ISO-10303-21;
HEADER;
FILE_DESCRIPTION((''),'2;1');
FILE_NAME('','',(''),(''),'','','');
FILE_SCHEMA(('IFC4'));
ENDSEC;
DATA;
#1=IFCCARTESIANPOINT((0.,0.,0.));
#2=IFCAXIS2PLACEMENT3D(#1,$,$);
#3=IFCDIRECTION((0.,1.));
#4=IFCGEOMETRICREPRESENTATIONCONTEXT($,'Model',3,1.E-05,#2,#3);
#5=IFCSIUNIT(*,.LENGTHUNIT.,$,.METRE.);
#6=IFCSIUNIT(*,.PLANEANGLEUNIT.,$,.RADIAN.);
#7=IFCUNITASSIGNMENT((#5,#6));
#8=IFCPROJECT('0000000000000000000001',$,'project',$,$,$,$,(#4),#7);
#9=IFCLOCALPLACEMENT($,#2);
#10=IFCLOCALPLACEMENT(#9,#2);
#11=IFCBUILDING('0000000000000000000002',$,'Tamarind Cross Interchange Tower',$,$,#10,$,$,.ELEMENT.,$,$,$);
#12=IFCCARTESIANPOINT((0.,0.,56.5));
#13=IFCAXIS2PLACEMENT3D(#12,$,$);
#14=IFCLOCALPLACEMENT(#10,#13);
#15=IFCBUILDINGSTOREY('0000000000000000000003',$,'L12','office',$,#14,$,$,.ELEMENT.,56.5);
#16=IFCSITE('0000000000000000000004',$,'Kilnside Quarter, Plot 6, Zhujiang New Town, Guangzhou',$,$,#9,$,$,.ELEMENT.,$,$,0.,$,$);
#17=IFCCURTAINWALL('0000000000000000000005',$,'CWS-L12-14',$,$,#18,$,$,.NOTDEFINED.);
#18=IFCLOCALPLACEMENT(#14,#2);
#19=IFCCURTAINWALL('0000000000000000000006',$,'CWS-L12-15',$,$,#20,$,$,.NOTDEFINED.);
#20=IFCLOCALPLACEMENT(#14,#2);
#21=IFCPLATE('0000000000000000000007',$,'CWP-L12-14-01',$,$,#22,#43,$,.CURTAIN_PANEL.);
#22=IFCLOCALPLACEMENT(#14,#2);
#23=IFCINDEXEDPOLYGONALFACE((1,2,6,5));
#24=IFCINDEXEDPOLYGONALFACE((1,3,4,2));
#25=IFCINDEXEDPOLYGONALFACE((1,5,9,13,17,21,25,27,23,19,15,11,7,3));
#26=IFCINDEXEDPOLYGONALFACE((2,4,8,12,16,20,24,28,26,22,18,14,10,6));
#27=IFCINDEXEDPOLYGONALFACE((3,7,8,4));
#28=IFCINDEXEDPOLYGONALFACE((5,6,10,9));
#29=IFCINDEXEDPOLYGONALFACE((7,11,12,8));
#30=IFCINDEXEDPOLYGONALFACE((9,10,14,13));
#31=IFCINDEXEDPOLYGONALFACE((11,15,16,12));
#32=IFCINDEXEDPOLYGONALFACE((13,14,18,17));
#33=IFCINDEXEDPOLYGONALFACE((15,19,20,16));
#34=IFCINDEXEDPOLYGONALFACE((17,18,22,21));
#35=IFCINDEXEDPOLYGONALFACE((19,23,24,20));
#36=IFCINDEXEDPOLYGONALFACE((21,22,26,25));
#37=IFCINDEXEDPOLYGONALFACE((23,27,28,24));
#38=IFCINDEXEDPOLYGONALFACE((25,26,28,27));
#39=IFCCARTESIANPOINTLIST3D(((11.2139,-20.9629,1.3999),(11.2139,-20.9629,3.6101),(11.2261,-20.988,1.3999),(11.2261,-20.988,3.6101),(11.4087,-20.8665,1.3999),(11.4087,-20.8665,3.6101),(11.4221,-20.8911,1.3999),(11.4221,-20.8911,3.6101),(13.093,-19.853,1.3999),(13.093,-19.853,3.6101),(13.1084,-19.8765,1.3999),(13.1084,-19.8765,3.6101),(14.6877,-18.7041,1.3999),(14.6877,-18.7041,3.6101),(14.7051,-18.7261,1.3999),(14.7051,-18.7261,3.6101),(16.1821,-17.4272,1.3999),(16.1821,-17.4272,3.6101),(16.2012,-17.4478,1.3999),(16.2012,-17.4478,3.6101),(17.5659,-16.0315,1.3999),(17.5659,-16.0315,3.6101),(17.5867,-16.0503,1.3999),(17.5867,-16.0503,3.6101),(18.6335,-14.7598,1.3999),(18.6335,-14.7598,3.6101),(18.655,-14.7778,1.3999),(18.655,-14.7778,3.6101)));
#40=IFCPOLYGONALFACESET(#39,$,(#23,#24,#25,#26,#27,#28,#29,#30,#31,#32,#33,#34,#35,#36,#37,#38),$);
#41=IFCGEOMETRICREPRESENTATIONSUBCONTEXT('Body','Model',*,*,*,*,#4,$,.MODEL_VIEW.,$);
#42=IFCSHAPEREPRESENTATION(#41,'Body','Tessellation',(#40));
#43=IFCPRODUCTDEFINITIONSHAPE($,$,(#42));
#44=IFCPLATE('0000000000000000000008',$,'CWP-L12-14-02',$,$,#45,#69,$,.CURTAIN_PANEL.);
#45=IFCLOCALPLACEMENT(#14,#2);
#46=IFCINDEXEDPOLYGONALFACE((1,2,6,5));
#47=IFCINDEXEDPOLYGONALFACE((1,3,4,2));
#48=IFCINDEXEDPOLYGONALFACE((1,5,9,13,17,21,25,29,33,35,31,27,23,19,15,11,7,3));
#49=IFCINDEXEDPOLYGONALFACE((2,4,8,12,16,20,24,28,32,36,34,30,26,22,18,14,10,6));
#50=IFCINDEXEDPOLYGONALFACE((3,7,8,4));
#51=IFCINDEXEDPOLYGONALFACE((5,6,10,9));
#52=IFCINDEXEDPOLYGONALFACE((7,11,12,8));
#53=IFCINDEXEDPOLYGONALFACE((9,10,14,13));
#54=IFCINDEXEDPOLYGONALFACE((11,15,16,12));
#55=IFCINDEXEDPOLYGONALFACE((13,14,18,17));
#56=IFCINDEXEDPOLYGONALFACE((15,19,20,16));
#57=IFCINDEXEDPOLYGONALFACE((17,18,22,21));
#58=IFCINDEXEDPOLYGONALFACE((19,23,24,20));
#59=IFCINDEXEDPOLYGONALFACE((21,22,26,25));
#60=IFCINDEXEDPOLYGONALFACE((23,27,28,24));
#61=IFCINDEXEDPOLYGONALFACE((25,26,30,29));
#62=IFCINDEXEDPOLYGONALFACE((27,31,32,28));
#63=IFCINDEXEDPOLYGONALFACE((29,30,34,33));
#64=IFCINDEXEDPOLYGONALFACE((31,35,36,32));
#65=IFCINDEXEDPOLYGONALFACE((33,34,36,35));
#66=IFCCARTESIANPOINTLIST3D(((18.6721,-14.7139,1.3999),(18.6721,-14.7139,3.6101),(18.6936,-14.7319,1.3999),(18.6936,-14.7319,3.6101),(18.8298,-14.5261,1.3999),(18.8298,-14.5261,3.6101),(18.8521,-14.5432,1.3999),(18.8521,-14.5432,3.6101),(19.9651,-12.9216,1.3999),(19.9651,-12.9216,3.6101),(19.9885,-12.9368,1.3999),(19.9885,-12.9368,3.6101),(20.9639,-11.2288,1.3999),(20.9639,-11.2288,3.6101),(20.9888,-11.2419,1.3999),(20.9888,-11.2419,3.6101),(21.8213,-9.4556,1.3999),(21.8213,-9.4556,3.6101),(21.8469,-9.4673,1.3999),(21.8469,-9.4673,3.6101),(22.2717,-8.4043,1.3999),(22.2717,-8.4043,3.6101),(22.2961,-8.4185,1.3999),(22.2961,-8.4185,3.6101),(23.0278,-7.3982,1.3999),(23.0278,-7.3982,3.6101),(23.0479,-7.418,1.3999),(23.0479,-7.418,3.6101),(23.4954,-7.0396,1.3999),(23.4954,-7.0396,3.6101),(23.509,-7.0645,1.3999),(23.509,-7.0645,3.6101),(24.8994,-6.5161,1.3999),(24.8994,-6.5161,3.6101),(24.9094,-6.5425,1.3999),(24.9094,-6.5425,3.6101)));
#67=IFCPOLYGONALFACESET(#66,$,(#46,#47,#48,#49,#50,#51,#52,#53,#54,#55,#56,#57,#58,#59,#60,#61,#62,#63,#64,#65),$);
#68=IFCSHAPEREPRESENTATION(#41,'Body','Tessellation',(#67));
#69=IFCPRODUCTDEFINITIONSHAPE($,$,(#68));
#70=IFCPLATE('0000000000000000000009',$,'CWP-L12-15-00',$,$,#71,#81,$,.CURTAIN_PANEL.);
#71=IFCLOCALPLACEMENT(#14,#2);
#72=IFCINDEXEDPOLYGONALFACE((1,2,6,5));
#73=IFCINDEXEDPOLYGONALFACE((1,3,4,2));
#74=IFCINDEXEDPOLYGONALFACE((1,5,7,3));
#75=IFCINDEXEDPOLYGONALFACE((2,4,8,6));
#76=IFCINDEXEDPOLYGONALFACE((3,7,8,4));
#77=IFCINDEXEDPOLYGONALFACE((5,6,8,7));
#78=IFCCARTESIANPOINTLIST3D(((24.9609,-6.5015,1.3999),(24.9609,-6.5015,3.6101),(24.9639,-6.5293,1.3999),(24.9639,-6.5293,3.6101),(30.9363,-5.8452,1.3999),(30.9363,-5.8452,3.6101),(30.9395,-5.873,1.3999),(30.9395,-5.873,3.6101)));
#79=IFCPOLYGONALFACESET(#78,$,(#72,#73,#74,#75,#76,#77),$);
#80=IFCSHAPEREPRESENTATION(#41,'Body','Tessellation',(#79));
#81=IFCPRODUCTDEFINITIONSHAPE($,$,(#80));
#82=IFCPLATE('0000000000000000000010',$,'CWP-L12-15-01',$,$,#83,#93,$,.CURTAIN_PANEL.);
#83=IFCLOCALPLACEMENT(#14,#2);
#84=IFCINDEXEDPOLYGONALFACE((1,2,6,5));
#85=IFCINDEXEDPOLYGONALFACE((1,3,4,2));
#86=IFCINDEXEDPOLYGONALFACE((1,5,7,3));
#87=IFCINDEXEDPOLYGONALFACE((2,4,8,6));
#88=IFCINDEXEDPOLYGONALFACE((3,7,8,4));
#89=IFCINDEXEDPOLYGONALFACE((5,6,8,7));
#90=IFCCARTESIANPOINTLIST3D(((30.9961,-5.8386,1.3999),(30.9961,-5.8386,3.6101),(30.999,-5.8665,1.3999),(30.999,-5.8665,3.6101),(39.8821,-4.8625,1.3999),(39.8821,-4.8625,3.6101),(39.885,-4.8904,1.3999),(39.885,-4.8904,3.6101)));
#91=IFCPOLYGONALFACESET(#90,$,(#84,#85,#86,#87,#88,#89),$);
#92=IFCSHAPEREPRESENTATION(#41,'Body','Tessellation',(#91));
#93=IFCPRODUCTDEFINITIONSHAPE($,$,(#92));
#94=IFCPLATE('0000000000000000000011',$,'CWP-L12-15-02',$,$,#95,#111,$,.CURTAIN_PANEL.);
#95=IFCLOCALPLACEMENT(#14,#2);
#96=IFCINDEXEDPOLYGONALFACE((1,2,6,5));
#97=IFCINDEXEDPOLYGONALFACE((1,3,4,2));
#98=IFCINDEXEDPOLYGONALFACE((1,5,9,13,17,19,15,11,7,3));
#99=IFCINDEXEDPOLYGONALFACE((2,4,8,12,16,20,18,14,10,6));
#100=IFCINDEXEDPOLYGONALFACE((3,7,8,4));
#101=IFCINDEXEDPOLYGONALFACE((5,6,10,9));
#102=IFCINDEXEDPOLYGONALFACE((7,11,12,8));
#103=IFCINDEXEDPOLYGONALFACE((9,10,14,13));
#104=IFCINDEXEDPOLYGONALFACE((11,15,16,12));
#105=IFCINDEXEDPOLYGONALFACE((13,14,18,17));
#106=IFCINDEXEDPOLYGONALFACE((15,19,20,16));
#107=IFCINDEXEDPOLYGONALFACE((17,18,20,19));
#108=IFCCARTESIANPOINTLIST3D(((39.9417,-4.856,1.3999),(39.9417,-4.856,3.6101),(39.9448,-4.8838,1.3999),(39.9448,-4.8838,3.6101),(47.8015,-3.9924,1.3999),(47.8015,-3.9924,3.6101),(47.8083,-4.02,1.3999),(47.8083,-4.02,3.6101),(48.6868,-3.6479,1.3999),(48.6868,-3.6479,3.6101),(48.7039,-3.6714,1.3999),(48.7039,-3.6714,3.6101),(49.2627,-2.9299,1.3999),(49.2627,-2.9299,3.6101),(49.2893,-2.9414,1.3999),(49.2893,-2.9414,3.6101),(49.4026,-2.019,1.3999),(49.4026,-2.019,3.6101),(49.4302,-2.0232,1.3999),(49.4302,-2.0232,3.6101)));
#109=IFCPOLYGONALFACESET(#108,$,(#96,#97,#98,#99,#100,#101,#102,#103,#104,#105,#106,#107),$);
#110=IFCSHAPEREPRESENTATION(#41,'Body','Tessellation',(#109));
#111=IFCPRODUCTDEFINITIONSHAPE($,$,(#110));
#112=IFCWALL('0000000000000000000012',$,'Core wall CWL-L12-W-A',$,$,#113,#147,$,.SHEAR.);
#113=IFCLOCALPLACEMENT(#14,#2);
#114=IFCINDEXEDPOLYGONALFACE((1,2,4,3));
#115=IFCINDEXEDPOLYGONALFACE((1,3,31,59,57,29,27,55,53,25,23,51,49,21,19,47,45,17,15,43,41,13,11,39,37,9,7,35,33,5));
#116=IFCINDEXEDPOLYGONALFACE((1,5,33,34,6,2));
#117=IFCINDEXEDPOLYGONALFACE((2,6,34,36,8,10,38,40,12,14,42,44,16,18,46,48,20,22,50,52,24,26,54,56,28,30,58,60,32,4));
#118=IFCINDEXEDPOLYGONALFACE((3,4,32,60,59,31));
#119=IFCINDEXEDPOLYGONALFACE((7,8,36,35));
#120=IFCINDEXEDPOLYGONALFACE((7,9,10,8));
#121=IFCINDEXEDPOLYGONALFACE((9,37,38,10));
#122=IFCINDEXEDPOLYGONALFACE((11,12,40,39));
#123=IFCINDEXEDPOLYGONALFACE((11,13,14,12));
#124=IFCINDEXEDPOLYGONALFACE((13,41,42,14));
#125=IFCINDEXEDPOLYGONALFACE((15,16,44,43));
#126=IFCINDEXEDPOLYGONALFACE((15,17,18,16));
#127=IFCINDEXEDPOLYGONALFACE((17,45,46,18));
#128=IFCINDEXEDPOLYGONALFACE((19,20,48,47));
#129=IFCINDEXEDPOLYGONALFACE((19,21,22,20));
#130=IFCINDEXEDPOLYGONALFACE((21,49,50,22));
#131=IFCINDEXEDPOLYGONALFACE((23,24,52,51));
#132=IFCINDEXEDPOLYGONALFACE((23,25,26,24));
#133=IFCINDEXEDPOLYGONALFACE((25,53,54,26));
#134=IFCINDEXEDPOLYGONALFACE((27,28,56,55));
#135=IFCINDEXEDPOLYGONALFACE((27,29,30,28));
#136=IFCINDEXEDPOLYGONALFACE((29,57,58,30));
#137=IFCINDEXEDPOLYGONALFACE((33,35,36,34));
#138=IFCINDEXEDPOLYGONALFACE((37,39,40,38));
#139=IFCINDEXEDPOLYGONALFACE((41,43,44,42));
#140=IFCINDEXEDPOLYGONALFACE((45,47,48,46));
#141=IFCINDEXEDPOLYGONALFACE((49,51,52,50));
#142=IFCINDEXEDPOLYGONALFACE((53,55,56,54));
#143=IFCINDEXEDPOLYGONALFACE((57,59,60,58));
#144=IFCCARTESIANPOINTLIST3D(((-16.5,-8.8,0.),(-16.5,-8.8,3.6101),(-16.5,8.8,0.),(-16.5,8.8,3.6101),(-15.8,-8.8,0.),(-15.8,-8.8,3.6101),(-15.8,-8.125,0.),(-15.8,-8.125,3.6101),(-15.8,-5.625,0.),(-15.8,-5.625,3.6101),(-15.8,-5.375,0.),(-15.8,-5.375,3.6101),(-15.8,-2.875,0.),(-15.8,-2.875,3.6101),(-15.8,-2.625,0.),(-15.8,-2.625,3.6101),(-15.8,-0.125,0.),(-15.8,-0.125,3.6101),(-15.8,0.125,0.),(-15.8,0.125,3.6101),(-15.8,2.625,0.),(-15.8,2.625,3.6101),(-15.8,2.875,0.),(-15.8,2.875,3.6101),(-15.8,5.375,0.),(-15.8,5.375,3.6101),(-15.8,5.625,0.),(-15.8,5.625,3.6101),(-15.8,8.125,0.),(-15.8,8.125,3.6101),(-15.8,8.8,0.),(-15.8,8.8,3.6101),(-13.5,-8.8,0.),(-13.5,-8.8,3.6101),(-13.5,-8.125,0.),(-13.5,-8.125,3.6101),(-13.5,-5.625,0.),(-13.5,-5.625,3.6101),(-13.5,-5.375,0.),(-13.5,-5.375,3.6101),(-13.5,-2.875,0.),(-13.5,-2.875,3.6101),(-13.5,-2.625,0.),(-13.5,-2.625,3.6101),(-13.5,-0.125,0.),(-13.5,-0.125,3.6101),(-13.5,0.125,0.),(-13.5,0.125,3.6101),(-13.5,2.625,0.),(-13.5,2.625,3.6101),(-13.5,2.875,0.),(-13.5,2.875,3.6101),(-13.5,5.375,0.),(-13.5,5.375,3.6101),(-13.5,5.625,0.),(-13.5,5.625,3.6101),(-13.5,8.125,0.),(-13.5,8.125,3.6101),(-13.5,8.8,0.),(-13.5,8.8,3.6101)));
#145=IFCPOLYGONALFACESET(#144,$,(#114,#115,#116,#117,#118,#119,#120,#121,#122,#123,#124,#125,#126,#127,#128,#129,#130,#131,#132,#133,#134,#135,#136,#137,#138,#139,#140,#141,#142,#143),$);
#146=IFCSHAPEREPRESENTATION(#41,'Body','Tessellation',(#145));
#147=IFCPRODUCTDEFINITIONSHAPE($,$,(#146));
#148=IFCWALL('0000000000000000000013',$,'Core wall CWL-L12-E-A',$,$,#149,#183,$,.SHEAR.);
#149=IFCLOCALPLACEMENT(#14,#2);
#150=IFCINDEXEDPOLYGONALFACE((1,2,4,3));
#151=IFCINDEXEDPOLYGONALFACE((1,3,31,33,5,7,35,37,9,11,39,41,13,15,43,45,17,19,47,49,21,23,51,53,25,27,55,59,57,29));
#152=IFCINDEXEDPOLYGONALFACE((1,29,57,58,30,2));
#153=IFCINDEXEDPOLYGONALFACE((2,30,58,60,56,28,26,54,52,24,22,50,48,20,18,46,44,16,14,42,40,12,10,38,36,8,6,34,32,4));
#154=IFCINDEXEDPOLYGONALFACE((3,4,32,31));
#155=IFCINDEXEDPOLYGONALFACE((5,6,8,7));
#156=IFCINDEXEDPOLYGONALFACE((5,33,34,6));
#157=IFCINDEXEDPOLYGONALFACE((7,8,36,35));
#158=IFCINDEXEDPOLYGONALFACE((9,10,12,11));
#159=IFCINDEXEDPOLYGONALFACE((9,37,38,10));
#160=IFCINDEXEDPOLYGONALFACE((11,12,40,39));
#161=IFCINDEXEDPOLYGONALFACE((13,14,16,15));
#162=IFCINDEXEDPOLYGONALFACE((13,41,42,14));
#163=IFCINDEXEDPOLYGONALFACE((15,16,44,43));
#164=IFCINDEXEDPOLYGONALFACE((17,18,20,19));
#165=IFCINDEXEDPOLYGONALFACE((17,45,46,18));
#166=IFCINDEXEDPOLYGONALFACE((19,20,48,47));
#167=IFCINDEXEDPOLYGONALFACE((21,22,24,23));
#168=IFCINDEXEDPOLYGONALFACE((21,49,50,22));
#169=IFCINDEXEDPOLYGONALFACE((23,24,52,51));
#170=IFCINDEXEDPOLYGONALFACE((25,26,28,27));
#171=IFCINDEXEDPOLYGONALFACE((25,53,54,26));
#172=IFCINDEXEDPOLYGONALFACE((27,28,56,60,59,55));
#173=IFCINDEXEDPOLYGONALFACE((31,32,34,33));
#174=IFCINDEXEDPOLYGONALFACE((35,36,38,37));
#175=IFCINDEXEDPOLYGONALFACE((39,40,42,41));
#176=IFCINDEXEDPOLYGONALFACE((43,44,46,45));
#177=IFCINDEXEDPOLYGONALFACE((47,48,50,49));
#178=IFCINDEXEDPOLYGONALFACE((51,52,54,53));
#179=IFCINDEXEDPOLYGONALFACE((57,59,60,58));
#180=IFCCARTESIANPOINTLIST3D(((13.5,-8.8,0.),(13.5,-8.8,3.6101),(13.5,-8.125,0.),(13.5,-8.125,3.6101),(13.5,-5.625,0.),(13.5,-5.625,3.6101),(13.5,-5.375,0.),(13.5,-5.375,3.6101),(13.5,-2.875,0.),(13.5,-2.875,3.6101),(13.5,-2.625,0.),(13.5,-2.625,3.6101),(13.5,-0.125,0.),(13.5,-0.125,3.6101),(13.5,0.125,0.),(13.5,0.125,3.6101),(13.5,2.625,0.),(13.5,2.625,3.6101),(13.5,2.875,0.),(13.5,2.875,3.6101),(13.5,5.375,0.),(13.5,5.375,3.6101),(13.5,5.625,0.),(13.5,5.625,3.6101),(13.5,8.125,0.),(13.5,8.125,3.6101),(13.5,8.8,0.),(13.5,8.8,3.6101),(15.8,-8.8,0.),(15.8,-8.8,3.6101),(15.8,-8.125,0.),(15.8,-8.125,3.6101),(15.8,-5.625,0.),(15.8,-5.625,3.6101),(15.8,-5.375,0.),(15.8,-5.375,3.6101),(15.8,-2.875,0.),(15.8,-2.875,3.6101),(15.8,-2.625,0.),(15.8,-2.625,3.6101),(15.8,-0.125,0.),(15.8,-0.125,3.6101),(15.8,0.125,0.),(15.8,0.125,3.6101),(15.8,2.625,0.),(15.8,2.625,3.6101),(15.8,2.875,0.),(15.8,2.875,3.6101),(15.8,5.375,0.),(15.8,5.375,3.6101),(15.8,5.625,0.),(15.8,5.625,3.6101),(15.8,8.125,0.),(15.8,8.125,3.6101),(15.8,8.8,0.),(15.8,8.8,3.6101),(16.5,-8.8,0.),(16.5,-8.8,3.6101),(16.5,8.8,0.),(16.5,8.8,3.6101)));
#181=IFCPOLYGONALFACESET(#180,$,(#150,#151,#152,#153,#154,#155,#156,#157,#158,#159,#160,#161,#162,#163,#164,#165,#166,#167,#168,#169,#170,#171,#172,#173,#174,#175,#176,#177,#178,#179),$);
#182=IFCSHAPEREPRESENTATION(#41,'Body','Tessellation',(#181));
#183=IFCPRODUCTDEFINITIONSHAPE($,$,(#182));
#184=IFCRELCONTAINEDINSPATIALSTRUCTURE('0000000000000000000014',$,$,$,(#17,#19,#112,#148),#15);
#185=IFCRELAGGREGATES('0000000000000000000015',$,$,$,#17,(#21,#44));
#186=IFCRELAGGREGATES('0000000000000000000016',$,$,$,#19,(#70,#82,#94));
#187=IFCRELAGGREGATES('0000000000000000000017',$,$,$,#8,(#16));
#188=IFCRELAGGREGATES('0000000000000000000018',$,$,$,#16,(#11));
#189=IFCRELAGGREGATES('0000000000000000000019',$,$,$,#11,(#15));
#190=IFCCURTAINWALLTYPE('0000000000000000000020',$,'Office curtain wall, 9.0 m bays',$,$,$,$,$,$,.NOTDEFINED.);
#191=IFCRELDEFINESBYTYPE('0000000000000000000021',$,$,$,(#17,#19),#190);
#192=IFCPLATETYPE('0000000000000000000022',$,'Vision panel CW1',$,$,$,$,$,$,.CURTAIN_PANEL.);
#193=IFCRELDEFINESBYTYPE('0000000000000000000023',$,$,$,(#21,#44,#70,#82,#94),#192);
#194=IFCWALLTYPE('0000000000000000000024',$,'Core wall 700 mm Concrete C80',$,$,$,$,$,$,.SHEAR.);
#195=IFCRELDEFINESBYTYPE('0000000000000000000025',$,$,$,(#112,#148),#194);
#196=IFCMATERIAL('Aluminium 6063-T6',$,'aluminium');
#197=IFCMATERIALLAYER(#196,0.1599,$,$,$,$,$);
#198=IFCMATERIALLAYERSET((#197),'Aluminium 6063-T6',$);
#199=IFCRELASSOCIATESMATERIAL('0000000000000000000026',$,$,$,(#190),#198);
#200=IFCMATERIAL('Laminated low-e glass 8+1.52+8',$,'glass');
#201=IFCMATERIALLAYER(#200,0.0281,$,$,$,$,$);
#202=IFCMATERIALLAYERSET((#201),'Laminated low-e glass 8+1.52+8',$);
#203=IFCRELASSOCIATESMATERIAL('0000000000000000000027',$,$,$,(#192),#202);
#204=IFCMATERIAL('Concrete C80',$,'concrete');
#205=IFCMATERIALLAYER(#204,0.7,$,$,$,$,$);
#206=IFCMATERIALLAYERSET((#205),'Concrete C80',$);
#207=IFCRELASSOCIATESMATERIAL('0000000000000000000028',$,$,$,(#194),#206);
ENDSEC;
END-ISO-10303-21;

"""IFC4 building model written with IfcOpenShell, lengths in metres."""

from ifc_helpers import new_model, si_unit, direction, frame, origin, place, context, subcontext, project, spatial, polyline, outline, extrude, material, layer, layer_set, type_object, element, aggregate, save


model = new_model("IFC4")

# Units and contexts
model_context = context("Model", 3, precision=1e-05, world=origin(), true_north=direction((0.0, 1.0)))
body_context = subcontext(model_context, "Body", "Model", "MODEL_VIEW")
ifc_project = project(units=[si_unit("LENGTHUNIT", "METRE"), si_unit("PLANEANGLEUNIT", "RADIAN")], contexts=[model_context])

# Site, building, storey
site_placement = place(None, origin())
site = spatial("IfcSite", under=ifc_project, at=site_placement, Name="Kilnside Quarter, Plot 6, Zhujiang New Town, Guangzhou", CompositionType="ELEMENT", RefElevation=0.0)
building_placement = place(site_placement, origin())
building = spatial("IfcBuilding", under=site, at=building_placement, Name="Tamarind Cross Interchange Tower", CompositionType="ELEMENT")
storey_placement = place(building_placement, frame((0.0, 0.0, 56.5)))
storey = spatial("IfcBuildingStorey", under=building, at=storey_placement, Name="L12", Description="office", CompositionType="ELEMENT", Elevation=56.5)

# Curtain walls
ifc_material_1 = material(Name="Aluminium 6063-T6", Category="aluminium")
ifc_layer_1 = layer(ifc_material_1, 0.1599)
ifc_layer_set_1 = layer_set([ifc_layer_1], Name="Aluminium 6063-T6")
curtain_wall_type = type_object("IfcCurtainWallType", Name="Office curtain wall, 9.0 m bays", PredefinedType="NOTDEFINED", material=ifc_layer_set_1)
curtain_wall_1_placement = place(storey_placement, origin())
curtain_wall_1 = element("IfcCurtainWall", 1, at=curtain_wall_1_placement, inside=storey, type_object=curtain_wall_type, Name="CWS-L12-14", PredefinedType="NOTDEFINED")
curtain_wall_2_placement = place(storey_placement, origin())
curtain_wall_2 = element("IfcCurtainWall", 2, at=curtain_wall_2_placement, inside=storey, type_object=curtain_wall_type, Name="CWS-L12-15", PredefinedType="NOTDEFINED")

# Plates
ifc_material_2 = material(Name="Laminated low-e glass 8+1.52+8", Category="glass")
ifc_layer_2 = layer(ifc_material_2, 0.0281)
ifc_layer_set_2 = layer_set([ifc_layer_2], Name="Laminated low-e glass 8+1.52+8")
plate_type = type_object("IfcPlateType", Name="Vision panel CW1", PredefinedType="CURTAIN_PANEL", material=ifc_layer_set_2)
plate_1_placement = place(storey_placement, frame((0.0, 0.0, 1.3999)))
plate_1 = element("IfcPlate", 3, at=plate_1_placement, type_object=plate_type, Name="CWP-L12-14-01", PredefinedType="CURTAIN_PANEL", context=body_context, shape_type="SweptSolid", body=[
    extrude(outline(polyline([(11.2139, -20.9629), (11.4087, -20.8665), (13.093, -19.853), (14.6877, -18.7041), (16.1821, -17.4272), (17.5659, -16.0315), (18.6335, -14.7598), (18.655, -14.7778), (17.5867, -16.0503), (16.2012, -17.4478), (14.7051, -18.7261), (13.1084, -19.8765), (11.4221, -20.8911), (11.2261, -20.988), (11.2139, -20.9629)])), origin(), (0.0, 0.0, 1.0), 2.2102),
])
plate_2_placement = place(storey_placement, frame((0.0, 0.0, 1.3999)))
plate_2 = element("IfcPlate", 4, at=plate_2_placement, type_object=plate_type, Name="CWP-L12-14-02", PredefinedType="CURTAIN_PANEL", context=body_context, shape_type="SweptSolid", body=[
    extrude(outline(polyline([(18.6721, -14.7139), (18.8298, -14.5261), (19.9651, -12.9216), (20.9639, -11.2288), (21.8213, -9.4556), (22.2717, -8.4043), (23.0278, -7.3982), (23.4954, -7.0396), (24.8994, -6.5161), (24.9094, -6.5425), (23.509, -7.0645), (23.0479, -7.418), (22.2961, -8.4185), (21.8469, -9.4673), (20.9888, -11.2419), (19.9885, -12.9368), (18.8521, -14.5432), (18.6936, -14.7319), (18.6721, -14.7139)])), origin(), (0.0, 0.0, 1.0), 2.2102),
])
aggregate(curtain_wall_1, [plate_1, plate_2])
plate_3_placement = place(storey_placement, frame((0.0, 0.0, 1.3999)))
plate_3 = element("IfcPlate", 5, at=plate_3_placement, type_object=plate_type, Name="CWP-L12-15-00", PredefinedType="CURTAIN_PANEL", context=body_context, shape_type="SweptSolid", body=[
    extrude(outline(polyline([(24.9609, -6.5015), (30.9363, -5.8452), (30.9395, -5.873), (24.9639, -6.5293), (24.9609, -6.5015)])), origin(), (0.0, 0.0, 1.0), 2.2102),
])
plate_4_placement = place(storey_placement, frame((0.0, 0.0, 1.3999)))
plate_4 = element("IfcPlate", 6, at=plate_4_placement, type_object=plate_type, Name="CWP-L12-15-01", PredefinedType="CURTAIN_PANEL", context=body_context, shape_type="SweptSolid", body=[
    extrude(outline(polyline([(30.9961, -5.8386), (39.8821, -4.8625), (39.885, -4.8904), (30.999, -5.8665), (30.9961, -5.8386)])), origin(), (0.0, 0.0, 1.0), 2.2102),
])
plate_5_placement = place(storey_placement, frame((0.0, 0.0, 1.3999)))
plate_5 = element("IfcPlate", 7, at=plate_5_placement, type_object=plate_type, Name="CWP-L12-15-02", PredefinedType="CURTAIN_PANEL", context=body_context, shape_type="SweptSolid", body=[
    extrude(outline(polyline([(39.9417, -4.856), (47.8015, -3.9924), (48.6868, -3.6479), (49.2627, -2.9299), (49.4026, -2.019), (49.4302, -2.0232), (49.2893, -2.9414), (48.7039, -3.6714), (47.8083, -4.02), (39.9448, -4.8838), (39.9417, -4.856)])), origin(), (0.0, 0.0, 1.0), 2.2102),
])
aggregate(curtain_wall_2, [plate_3, plate_4, plate_5])

# Walls
ifc_material_3 = material(Name="Concrete C80", Category="concrete")
ifc_layer_3 = layer(ifc_material_3, 0.7)
ifc_layer_set_3 = layer_set([ifc_layer_3], Name="Concrete C80")
wall_type_1 = type_object("IfcWallType", Name="Core wall 700 mm Concrete C80", PredefinedType="SHEAR", material=ifc_layer_set_3)
wall_1_placement = place(storey_placement, origin())
element("IfcWall", 8, at=wall_1_placement, inside=storey, type_object=wall_type_1, Name="Core wall CWL-L12-W-A", PredefinedType="SHEAR", context=body_context, shape_type="SweptSolid", body=[
    extrude(outline(polyline([(-13.5, -8.8), (-13.5, -8.125), (-15.8, -8.125), (-15.8, -5.625), (-13.5, -5.625), (-13.5, -5.375), (-15.8, -5.375), (-15.8, -2.875), (-13.5, -2.875), (-13.5, -2.625), (-15.8, -2.625), (-15.8, -0.125), (-13.5, -0.125), (-13.5, 0.125), (-15.8, 0.125), (-15.8, 2.625), (-13.5, 2.625), (-13.5, 2.875), (-15.8, 2.875), (-15.8, 5.375), (-13.5, 5.375), (-13.5, 5.625), (-15.8, 5.625), (-15.8, 8.125), (-13.5, 8.125), (-13.5, 8.8), (-15.8, 8.8), (-16.5, 8.8), (-16.5, -8.8), (-15.8, -8.8), (-13.5, -8.8)])), origin(), (0.0, 0.0, 1.0), 3.6101),
])
wall_2_placement = place(storey_placement, origin())
element("IfcWall", 9, at=wall_2_placement, inside=storey, type_object=wall_type_1, Name="Core wall CWL-L12-E-A", PredefinedType="SHEAR", context=body_context, shape_type="SweptSolid", body=[
    extrude(outline(polyline([(13.5, -8.8), (15.8, -8.8), (16.5, -8.8), (16.5, 8.8), (15.8, 8.8), (13.5, 8.8), (13.5, 8.125), (15.8, 8.125), (15.8, 5.625), (13.5, 5.625), (13.5, 5.375), (15.8, 5.375), (15.8, 2.875), (13.5, 2.875), (13.5, 2.625), (15.8, 2.625), (15.8, 0.125), (13.5, 0.125), (13.5, -0.125), (15.8, -0.125), (15.8, -2.625), (13.5, -2.625), (13.5, -2.875), (15.8, -2.875), (15.8, -5.375), (13.5, -5.375), (13.5, -5.625), (15.8, -5.625), (15.8, -8.125), (13.5, -8.125), (13.5, -8.8)])), origin(), (0.0, 0.0, 1.0), 3.6101),
])

save(model, "model.ifc")
